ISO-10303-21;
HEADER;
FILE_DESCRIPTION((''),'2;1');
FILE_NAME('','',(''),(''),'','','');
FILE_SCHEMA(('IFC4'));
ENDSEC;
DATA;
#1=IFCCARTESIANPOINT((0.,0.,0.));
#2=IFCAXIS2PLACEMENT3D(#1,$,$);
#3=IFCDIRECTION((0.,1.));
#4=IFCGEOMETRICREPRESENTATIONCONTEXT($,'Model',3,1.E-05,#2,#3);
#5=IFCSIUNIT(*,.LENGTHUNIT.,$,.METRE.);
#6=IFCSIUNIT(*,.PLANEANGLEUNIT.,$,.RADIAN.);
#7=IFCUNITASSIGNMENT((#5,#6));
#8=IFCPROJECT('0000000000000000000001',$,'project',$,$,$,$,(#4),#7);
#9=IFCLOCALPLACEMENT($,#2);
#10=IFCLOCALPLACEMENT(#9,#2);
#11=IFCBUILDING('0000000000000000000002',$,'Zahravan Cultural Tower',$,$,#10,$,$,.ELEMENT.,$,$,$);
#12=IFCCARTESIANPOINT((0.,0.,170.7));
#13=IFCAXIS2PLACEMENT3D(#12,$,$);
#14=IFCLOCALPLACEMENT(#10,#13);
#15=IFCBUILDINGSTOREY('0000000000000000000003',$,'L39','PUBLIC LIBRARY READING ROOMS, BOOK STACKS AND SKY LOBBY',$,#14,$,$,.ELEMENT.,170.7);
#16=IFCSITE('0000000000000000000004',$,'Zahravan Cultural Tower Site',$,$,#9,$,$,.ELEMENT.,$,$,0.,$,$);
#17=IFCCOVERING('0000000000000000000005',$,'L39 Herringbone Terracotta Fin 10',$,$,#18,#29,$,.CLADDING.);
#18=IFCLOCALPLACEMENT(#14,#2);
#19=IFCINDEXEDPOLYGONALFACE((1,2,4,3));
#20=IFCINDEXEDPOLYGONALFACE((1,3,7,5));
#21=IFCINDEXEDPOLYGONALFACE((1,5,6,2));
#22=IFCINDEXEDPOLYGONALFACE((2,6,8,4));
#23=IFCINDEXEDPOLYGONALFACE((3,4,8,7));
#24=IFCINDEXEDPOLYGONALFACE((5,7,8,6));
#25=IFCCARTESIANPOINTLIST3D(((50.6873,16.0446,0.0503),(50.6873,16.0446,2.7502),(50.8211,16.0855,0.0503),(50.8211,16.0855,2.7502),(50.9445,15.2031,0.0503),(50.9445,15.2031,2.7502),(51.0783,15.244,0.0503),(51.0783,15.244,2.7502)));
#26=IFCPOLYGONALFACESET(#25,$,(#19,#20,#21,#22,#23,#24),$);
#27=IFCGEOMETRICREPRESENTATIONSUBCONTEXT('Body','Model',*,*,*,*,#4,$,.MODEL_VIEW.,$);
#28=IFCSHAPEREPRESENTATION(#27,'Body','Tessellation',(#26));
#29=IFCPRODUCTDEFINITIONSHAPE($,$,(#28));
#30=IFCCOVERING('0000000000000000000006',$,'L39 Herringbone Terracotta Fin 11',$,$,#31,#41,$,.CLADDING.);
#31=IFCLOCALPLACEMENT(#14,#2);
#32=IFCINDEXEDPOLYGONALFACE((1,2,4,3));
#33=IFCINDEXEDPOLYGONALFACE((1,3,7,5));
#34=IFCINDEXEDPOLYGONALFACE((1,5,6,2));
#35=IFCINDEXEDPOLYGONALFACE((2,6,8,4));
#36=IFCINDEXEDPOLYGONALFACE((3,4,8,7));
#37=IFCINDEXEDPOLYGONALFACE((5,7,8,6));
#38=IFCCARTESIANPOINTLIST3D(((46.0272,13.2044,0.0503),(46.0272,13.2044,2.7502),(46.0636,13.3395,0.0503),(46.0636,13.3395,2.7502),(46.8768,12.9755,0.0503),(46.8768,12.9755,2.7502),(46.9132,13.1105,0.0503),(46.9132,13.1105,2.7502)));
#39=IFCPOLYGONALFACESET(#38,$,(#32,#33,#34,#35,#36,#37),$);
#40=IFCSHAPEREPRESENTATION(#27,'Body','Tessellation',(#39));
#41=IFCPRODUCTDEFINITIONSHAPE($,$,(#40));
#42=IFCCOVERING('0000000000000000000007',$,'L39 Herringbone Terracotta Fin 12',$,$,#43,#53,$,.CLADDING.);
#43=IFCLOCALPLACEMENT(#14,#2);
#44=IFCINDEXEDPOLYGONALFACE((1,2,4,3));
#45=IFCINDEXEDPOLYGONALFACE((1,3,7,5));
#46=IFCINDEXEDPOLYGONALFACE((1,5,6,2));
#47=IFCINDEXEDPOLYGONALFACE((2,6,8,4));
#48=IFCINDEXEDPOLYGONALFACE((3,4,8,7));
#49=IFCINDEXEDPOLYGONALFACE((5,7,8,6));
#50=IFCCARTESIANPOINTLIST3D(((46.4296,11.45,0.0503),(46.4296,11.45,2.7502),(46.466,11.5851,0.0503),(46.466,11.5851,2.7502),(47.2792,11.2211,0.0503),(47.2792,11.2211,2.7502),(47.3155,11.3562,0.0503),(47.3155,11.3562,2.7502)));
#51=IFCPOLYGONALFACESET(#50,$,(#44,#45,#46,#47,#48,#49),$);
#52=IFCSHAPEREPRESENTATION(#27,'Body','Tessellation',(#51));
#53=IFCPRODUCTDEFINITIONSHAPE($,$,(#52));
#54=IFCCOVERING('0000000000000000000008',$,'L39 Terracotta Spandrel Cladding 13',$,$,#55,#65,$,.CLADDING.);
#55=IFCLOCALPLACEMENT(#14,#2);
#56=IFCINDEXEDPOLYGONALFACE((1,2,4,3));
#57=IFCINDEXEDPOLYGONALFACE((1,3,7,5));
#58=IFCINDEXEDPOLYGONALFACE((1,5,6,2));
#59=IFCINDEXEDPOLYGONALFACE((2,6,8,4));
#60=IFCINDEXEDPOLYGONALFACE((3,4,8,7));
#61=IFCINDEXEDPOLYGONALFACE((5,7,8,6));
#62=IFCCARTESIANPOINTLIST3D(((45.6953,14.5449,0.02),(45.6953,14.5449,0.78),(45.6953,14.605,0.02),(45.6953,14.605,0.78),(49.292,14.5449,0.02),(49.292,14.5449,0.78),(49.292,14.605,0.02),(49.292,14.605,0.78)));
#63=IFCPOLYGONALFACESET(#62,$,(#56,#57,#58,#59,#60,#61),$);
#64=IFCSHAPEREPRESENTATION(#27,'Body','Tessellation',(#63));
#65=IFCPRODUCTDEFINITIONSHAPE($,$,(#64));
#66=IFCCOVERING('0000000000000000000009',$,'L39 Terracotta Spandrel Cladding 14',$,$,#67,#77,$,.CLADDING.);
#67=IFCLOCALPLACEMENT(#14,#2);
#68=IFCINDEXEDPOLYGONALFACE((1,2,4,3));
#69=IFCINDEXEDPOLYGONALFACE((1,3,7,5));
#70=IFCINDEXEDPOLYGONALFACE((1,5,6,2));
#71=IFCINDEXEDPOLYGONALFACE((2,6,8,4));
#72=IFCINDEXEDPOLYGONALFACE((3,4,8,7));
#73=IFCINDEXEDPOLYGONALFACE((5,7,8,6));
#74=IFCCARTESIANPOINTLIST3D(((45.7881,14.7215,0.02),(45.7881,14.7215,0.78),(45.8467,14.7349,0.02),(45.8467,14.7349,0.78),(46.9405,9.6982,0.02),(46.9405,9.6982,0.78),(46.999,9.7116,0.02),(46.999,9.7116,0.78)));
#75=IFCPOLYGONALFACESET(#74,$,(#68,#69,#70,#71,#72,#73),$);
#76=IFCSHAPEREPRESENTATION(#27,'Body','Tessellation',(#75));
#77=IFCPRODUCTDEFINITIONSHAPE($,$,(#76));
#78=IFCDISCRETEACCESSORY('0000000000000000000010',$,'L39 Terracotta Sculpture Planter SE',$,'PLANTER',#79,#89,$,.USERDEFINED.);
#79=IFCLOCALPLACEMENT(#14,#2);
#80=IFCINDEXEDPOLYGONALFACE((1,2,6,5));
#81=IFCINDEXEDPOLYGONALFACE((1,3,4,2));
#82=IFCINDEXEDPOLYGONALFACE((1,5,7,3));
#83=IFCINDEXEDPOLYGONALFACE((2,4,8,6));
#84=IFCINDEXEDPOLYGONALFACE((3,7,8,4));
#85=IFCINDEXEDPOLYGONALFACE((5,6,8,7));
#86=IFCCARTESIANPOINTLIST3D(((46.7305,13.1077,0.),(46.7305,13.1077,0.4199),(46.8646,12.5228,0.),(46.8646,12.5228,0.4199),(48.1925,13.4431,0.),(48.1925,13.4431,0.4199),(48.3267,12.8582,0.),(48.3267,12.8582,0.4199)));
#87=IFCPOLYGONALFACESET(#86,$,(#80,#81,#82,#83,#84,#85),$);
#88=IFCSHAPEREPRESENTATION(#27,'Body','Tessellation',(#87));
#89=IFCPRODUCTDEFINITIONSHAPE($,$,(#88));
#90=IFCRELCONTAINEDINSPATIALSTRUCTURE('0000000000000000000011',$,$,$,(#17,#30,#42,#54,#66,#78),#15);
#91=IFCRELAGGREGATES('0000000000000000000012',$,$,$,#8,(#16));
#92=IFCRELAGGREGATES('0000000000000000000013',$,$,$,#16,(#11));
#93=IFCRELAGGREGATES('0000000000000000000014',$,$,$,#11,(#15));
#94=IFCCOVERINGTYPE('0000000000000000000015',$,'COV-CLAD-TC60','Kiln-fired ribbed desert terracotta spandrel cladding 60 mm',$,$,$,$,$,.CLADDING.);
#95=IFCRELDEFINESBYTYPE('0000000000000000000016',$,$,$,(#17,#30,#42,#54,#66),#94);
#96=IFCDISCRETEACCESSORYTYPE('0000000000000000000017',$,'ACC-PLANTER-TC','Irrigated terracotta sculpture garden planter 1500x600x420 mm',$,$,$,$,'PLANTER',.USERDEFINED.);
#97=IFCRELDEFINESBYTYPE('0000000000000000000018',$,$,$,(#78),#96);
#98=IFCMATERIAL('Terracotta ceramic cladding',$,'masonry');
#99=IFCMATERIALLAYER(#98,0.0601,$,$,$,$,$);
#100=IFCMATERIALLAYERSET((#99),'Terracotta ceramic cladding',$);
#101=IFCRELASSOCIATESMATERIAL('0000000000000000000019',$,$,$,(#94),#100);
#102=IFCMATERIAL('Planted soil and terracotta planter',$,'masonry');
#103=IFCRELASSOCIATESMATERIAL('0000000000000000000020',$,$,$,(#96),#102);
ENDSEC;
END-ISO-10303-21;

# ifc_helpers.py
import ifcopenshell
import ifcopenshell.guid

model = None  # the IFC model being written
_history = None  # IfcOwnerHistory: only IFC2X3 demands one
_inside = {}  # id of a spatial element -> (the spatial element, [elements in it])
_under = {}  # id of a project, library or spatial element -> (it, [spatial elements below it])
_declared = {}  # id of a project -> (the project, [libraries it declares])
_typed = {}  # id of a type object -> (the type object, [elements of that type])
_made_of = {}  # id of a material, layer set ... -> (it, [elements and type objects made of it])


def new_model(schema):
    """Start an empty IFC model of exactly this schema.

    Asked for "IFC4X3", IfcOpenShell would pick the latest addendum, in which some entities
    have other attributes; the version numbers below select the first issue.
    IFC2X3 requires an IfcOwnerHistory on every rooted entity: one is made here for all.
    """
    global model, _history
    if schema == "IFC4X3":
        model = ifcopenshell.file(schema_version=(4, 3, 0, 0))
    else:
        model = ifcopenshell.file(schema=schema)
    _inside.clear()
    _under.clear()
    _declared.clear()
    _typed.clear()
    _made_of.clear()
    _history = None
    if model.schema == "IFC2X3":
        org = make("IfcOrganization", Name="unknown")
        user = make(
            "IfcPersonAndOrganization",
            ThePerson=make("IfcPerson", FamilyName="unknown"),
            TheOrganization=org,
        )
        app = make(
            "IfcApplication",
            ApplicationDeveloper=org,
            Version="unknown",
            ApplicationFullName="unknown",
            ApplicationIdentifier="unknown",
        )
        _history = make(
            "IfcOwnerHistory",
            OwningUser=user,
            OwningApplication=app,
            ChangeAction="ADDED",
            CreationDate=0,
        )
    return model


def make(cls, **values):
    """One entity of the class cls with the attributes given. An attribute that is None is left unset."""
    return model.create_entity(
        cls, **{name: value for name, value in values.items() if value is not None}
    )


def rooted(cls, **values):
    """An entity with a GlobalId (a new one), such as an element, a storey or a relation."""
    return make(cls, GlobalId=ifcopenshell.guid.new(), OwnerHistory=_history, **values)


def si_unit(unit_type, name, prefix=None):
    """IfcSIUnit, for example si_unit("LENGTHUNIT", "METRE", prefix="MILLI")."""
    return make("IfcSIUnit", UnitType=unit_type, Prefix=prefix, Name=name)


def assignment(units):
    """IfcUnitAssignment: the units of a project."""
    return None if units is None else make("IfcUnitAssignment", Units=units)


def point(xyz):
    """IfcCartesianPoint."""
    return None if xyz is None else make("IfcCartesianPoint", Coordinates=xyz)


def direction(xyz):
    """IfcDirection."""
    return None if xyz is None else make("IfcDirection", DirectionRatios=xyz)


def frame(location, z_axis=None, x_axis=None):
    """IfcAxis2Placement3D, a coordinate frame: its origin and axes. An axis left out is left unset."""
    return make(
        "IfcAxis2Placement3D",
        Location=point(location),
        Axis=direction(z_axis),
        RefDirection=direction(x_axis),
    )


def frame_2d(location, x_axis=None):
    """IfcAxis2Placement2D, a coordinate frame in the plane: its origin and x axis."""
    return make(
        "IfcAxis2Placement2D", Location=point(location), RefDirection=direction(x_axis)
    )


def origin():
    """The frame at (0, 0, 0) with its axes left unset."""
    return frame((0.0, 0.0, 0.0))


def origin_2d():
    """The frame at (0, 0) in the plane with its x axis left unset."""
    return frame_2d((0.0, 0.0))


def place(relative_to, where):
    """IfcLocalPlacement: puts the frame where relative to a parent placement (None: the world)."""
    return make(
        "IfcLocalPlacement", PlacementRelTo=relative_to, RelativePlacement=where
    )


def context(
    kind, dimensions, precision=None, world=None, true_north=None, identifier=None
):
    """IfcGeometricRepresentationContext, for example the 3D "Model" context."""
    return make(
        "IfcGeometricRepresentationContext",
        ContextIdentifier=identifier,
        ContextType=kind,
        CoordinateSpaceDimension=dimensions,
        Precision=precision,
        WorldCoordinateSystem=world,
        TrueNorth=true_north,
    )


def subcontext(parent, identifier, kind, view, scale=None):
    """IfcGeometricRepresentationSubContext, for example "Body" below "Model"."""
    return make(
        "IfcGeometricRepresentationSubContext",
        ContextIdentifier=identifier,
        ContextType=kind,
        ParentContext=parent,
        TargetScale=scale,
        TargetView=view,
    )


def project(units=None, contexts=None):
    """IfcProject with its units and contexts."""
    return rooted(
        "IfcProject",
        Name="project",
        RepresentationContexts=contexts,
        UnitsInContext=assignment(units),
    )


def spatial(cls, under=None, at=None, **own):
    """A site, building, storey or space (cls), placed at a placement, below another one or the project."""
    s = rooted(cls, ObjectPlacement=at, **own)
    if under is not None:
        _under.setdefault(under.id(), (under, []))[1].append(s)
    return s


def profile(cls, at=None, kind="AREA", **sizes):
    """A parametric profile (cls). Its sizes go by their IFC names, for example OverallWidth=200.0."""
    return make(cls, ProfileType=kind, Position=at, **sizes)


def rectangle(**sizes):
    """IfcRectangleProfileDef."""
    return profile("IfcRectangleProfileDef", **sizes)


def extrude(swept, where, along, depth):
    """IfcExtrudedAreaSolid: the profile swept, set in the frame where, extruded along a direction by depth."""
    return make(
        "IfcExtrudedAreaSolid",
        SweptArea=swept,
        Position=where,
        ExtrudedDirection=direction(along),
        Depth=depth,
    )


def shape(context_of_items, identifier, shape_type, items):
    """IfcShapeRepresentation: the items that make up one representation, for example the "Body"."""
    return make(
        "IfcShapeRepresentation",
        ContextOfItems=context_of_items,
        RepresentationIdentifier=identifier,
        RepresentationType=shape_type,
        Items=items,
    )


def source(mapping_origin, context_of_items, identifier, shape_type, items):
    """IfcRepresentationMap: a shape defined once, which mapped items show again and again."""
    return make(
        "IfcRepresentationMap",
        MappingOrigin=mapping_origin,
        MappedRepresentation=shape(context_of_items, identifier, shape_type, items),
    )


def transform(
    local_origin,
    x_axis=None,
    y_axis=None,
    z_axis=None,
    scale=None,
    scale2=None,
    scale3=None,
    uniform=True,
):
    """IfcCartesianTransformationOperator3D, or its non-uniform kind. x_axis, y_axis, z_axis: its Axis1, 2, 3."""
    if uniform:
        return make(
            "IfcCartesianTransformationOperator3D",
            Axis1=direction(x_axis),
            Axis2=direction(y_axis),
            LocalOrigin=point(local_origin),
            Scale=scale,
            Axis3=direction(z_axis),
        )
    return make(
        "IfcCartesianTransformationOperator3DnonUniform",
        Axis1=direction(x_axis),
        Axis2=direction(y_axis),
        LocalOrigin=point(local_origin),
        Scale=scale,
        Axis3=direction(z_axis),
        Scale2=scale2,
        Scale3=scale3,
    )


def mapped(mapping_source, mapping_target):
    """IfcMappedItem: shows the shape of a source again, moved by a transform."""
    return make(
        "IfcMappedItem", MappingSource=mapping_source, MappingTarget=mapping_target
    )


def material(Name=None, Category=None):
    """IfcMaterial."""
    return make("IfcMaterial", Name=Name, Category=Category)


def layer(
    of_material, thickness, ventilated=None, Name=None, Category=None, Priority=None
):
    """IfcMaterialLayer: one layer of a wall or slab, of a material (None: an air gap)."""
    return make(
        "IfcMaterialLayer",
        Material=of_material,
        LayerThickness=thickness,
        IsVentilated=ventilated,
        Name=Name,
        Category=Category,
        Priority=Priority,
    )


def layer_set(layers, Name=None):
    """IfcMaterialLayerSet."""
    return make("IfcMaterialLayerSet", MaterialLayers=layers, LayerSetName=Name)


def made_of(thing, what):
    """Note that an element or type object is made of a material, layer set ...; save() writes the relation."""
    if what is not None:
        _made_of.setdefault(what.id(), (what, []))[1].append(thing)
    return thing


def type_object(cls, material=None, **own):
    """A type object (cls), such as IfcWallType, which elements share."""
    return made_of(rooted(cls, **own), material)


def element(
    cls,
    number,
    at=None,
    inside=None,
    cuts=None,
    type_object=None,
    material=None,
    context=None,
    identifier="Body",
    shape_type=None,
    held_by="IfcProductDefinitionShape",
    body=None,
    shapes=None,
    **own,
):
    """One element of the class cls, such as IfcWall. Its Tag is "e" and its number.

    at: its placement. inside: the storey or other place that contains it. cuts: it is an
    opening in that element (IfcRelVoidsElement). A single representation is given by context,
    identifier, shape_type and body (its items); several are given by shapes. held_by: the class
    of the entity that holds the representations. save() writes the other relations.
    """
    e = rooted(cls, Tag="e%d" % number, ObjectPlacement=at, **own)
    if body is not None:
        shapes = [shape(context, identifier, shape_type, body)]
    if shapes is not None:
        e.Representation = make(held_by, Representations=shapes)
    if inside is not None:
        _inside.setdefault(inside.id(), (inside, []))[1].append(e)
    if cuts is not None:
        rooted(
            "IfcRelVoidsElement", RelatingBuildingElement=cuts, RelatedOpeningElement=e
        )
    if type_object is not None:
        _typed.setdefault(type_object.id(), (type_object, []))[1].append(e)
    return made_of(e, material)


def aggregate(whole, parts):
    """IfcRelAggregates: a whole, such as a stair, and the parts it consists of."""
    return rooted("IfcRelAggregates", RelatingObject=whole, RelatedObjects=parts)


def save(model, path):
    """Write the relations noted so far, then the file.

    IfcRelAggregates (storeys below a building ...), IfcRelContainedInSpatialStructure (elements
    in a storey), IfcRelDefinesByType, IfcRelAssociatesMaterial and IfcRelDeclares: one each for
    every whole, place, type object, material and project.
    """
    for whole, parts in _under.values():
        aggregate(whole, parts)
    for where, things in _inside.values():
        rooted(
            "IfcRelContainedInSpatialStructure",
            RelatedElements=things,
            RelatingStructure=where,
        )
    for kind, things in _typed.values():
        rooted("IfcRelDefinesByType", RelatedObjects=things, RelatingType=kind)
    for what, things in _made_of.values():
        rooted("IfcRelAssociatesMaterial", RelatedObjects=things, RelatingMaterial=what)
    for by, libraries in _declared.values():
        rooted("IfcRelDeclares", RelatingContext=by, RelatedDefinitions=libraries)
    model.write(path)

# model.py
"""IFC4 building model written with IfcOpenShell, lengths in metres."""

from ifc_helpers import new_model, si_unit, direction, frame, origin, origin_2d, place, context, subcontext, project, spatial, rectangle, extrude, source, transform, mapped, material, layer, layer_set, type_object, element, save


model = new_model("IFC4")

# Units and contexts
model_context = context("Model", 3, precision=1e-05, world=origin(), true_north=direction((0.0, 1.0)))
body_context = subcontext(model_context, "Body", "Model", "MODEL_VIEW")
ifc_project = project(units=[si_unit("LENGTHUNIT", "METRE"), si_unit("PLANEANGLEUNIT", "RADIAN")], contexts=[model_context])

# Site, building, storey
site_placement = place(None, origin())
site = spatial("IfcSite", under=ifc_project, at=site_placement, Name="Zahravan Cultural Tower Site", CompositionType="ELEMENT", RefElevation=0.0)
building_placement = place(site_placement, origin())
building = spatial("IfcBuilding", under=site, at=building_placement, Name="Zahravan Cultural Tower", CompositionType="ELEMENT")
storey_placement = place(building_placement, frame((0.0, 0.0, 170.7)))
storey = spatial("IfcBuildingStorey", under=building, at=storey_placement, Name="L39", Description="PUBLIC LIBRARY READING ROOMS, BOOK STACKS AND SKY LOBBY", CompositionType="ELEMENT", Elevation=170.7)

# Coverings
ifc_material_1 = material(Name="Terracotta ceramic cladding", Category="masonry")
ifc_layer_1 = layer(ifc_material_1, 0.0601)
ifc_layer_set_1 = layer_set([ifc_layer_1], Name="Terracotta ceramic cladding")
covering_type = type_object("IfcCoveringType", Name="COV-CLAD-TC60", Description="Kiln-fired ribbed desert terracotta spandrel cladding 60 mm", PredefinedType="CLADDING", material=ifc_layer_set_1)
shared_shape_1 = source(origin(), body_context, "Body", "SweptSolid", [
    extrude(rectangle(XDim=0.8799, YDim=0.1399, at=origin_2d()), origin(), (0.0, 0.0, 1.0), 2.7),
])
for number, where, z_axis, x_axis, name in (
    (1, (50.8828, 15.6443, 0.0503), (0.0, 0.0, 1.0), (0.292372, -0.956305, 0.0), "L39 Herringbone Terracotta Fin 10"),
    (2, (46.4702, 13.1575, 0.0503), (0.0, 0.0, 1.0), (0.965564, -0.260167, 0.0), "L39 Herringbone Terracotta Fin 11"),
    (3, (46.8726, 11.4031, 0.0503), (0.0, 0.0, 1.0), (0.965564, -0.260167, 0.0), "L39 Herringbone Terracotta Fin 12"),
):
    element("IfcCovering", number, at=place(storey_placement, frame(where, z_axis=z_axis, x_axis=x_axis)), inside=storey, type_object=covering_type, Name=name, PredefinedType="CLADDING", context=body_context, shape_type="MappedRepresentation", body=[
        mapped(shared_shape_1, transform((0.0, 0.0, 0.0), x_axis=(1.0, 0.0, 0.0), y_axis=(0.0, 1.0, 0.0), z_axis=(0.0, 0.0, 1.0), scale=1.0)),
    ])
shared_shape_2 = source(origin(), body_context, "Body", "SweptSolid", [
    extrude(rectangle(XDim=3.5967, YDim=0.0601, at=origin_2d()), origin(), (0.0, 0.0, 1.0), 0.76),
])
covering_1_placement = place(storey_placement, frame((47.4937, 14.575, 0.02), z_axis=(0.0, 0.0, 1.0), x_axis=(-1.0, 0.0, 0.0)))
element("IfcCovering", 4, at=covering_1_placement, inside=storey, type_object=covering_type, Name="L39 Terracotta Spandrel Cladding 13", PredefinedType="CLADDING", context=body_context, shape_type="MappedRepresentation", body=[
    mapped(shared_shape_2, transform((0.0, 0.0, 0.0), x_axis=(1.0, 0.0, 0.0), y_axis=(0.0, 1.0, 0.0), z_axis=(0.0, 0.0, 1.0), scale=1.0)),
])
shared_shape_3 = source(origin(), body_context, "Body", "SweptSolid", [
    extrude(rectangle(XDim=5.1538, YDim=0.0601, at=origin_2d()), origin(), (0.0, 0.0, 1.0), 0.76),
])
covering_2_placement = place(storey_placement, frame((46.3936, 12.2166, 0.02), z_axis=(0.0, 0.0, 1.0), x_axis=(0.22359, -0.974683, 0.0)))
element("IfcCovering", 5, at=covering_2_placement, inside=storey, type_object=covering_type, Name="L39 Terracotta Spandrel Cladding 14", PredefinedType="CLADDING", context=body_context, shape_type="MappedRepresentation", body=[
    mapped(shared_shape_3, transform((0.0, 0.0, 0.0), x_axis=(1.0, 0.0, 0.0), y_axis=(0.0, 1.0, 0.0), z_axis=(0.0, 0.0, 1.0), scale=1.0)),
])

# Discrete accessory
ifc_material_2 = material(Name="Planted soil and terracotta planter", Category="masonry")
discrete_accessory_type = type_object("IfcDiscreteAccessoryType", Name="ACC-PLANTER-TC", Description="Irrigated terracotta sculpture garden planter 1500x600x420 mm", ElementType="PLANTER", PredefinedType="USERDEFINED", material=ifc_material_2)
shared_shape_4 = source(origin(), body_context, "Body", "SweptSolid", [
    extrude(rectangle(XDim=1.5, YDim=0.6001, at=origin_2d()), origin(), (0.0, 0.0, 1.0), 0.4199),
])
discrete_accessory_placement = place(storey_placement, frame((47.5286, 12.9829, 0.0), z_axis=(0.0, 0.0, 1.0), x_axis=(0.974683, 0.22359, 0.0)))
element("IfcDiscreteAccessory", 6, at=discrete_accessory_placement, inside=storey, type_object=discrete_accessory_type, Name="L39 Terracotta Sculpture Planter SE", ObjectType="PLANTER", PredefinedType="USERDEFINED", context=body_context, shape_type="MappedRepresentation", body=[
    mapped(shared_shape_4, transform((0.0, 0.0, 0.0), x_axis=(1.0, 0.0, 0.0), y_axis=(0.0, 1.0, 0.0), z_axis=(0.0, 0.0, 1.0), scale=1.0)),
])

save(model, "model.ifc")
